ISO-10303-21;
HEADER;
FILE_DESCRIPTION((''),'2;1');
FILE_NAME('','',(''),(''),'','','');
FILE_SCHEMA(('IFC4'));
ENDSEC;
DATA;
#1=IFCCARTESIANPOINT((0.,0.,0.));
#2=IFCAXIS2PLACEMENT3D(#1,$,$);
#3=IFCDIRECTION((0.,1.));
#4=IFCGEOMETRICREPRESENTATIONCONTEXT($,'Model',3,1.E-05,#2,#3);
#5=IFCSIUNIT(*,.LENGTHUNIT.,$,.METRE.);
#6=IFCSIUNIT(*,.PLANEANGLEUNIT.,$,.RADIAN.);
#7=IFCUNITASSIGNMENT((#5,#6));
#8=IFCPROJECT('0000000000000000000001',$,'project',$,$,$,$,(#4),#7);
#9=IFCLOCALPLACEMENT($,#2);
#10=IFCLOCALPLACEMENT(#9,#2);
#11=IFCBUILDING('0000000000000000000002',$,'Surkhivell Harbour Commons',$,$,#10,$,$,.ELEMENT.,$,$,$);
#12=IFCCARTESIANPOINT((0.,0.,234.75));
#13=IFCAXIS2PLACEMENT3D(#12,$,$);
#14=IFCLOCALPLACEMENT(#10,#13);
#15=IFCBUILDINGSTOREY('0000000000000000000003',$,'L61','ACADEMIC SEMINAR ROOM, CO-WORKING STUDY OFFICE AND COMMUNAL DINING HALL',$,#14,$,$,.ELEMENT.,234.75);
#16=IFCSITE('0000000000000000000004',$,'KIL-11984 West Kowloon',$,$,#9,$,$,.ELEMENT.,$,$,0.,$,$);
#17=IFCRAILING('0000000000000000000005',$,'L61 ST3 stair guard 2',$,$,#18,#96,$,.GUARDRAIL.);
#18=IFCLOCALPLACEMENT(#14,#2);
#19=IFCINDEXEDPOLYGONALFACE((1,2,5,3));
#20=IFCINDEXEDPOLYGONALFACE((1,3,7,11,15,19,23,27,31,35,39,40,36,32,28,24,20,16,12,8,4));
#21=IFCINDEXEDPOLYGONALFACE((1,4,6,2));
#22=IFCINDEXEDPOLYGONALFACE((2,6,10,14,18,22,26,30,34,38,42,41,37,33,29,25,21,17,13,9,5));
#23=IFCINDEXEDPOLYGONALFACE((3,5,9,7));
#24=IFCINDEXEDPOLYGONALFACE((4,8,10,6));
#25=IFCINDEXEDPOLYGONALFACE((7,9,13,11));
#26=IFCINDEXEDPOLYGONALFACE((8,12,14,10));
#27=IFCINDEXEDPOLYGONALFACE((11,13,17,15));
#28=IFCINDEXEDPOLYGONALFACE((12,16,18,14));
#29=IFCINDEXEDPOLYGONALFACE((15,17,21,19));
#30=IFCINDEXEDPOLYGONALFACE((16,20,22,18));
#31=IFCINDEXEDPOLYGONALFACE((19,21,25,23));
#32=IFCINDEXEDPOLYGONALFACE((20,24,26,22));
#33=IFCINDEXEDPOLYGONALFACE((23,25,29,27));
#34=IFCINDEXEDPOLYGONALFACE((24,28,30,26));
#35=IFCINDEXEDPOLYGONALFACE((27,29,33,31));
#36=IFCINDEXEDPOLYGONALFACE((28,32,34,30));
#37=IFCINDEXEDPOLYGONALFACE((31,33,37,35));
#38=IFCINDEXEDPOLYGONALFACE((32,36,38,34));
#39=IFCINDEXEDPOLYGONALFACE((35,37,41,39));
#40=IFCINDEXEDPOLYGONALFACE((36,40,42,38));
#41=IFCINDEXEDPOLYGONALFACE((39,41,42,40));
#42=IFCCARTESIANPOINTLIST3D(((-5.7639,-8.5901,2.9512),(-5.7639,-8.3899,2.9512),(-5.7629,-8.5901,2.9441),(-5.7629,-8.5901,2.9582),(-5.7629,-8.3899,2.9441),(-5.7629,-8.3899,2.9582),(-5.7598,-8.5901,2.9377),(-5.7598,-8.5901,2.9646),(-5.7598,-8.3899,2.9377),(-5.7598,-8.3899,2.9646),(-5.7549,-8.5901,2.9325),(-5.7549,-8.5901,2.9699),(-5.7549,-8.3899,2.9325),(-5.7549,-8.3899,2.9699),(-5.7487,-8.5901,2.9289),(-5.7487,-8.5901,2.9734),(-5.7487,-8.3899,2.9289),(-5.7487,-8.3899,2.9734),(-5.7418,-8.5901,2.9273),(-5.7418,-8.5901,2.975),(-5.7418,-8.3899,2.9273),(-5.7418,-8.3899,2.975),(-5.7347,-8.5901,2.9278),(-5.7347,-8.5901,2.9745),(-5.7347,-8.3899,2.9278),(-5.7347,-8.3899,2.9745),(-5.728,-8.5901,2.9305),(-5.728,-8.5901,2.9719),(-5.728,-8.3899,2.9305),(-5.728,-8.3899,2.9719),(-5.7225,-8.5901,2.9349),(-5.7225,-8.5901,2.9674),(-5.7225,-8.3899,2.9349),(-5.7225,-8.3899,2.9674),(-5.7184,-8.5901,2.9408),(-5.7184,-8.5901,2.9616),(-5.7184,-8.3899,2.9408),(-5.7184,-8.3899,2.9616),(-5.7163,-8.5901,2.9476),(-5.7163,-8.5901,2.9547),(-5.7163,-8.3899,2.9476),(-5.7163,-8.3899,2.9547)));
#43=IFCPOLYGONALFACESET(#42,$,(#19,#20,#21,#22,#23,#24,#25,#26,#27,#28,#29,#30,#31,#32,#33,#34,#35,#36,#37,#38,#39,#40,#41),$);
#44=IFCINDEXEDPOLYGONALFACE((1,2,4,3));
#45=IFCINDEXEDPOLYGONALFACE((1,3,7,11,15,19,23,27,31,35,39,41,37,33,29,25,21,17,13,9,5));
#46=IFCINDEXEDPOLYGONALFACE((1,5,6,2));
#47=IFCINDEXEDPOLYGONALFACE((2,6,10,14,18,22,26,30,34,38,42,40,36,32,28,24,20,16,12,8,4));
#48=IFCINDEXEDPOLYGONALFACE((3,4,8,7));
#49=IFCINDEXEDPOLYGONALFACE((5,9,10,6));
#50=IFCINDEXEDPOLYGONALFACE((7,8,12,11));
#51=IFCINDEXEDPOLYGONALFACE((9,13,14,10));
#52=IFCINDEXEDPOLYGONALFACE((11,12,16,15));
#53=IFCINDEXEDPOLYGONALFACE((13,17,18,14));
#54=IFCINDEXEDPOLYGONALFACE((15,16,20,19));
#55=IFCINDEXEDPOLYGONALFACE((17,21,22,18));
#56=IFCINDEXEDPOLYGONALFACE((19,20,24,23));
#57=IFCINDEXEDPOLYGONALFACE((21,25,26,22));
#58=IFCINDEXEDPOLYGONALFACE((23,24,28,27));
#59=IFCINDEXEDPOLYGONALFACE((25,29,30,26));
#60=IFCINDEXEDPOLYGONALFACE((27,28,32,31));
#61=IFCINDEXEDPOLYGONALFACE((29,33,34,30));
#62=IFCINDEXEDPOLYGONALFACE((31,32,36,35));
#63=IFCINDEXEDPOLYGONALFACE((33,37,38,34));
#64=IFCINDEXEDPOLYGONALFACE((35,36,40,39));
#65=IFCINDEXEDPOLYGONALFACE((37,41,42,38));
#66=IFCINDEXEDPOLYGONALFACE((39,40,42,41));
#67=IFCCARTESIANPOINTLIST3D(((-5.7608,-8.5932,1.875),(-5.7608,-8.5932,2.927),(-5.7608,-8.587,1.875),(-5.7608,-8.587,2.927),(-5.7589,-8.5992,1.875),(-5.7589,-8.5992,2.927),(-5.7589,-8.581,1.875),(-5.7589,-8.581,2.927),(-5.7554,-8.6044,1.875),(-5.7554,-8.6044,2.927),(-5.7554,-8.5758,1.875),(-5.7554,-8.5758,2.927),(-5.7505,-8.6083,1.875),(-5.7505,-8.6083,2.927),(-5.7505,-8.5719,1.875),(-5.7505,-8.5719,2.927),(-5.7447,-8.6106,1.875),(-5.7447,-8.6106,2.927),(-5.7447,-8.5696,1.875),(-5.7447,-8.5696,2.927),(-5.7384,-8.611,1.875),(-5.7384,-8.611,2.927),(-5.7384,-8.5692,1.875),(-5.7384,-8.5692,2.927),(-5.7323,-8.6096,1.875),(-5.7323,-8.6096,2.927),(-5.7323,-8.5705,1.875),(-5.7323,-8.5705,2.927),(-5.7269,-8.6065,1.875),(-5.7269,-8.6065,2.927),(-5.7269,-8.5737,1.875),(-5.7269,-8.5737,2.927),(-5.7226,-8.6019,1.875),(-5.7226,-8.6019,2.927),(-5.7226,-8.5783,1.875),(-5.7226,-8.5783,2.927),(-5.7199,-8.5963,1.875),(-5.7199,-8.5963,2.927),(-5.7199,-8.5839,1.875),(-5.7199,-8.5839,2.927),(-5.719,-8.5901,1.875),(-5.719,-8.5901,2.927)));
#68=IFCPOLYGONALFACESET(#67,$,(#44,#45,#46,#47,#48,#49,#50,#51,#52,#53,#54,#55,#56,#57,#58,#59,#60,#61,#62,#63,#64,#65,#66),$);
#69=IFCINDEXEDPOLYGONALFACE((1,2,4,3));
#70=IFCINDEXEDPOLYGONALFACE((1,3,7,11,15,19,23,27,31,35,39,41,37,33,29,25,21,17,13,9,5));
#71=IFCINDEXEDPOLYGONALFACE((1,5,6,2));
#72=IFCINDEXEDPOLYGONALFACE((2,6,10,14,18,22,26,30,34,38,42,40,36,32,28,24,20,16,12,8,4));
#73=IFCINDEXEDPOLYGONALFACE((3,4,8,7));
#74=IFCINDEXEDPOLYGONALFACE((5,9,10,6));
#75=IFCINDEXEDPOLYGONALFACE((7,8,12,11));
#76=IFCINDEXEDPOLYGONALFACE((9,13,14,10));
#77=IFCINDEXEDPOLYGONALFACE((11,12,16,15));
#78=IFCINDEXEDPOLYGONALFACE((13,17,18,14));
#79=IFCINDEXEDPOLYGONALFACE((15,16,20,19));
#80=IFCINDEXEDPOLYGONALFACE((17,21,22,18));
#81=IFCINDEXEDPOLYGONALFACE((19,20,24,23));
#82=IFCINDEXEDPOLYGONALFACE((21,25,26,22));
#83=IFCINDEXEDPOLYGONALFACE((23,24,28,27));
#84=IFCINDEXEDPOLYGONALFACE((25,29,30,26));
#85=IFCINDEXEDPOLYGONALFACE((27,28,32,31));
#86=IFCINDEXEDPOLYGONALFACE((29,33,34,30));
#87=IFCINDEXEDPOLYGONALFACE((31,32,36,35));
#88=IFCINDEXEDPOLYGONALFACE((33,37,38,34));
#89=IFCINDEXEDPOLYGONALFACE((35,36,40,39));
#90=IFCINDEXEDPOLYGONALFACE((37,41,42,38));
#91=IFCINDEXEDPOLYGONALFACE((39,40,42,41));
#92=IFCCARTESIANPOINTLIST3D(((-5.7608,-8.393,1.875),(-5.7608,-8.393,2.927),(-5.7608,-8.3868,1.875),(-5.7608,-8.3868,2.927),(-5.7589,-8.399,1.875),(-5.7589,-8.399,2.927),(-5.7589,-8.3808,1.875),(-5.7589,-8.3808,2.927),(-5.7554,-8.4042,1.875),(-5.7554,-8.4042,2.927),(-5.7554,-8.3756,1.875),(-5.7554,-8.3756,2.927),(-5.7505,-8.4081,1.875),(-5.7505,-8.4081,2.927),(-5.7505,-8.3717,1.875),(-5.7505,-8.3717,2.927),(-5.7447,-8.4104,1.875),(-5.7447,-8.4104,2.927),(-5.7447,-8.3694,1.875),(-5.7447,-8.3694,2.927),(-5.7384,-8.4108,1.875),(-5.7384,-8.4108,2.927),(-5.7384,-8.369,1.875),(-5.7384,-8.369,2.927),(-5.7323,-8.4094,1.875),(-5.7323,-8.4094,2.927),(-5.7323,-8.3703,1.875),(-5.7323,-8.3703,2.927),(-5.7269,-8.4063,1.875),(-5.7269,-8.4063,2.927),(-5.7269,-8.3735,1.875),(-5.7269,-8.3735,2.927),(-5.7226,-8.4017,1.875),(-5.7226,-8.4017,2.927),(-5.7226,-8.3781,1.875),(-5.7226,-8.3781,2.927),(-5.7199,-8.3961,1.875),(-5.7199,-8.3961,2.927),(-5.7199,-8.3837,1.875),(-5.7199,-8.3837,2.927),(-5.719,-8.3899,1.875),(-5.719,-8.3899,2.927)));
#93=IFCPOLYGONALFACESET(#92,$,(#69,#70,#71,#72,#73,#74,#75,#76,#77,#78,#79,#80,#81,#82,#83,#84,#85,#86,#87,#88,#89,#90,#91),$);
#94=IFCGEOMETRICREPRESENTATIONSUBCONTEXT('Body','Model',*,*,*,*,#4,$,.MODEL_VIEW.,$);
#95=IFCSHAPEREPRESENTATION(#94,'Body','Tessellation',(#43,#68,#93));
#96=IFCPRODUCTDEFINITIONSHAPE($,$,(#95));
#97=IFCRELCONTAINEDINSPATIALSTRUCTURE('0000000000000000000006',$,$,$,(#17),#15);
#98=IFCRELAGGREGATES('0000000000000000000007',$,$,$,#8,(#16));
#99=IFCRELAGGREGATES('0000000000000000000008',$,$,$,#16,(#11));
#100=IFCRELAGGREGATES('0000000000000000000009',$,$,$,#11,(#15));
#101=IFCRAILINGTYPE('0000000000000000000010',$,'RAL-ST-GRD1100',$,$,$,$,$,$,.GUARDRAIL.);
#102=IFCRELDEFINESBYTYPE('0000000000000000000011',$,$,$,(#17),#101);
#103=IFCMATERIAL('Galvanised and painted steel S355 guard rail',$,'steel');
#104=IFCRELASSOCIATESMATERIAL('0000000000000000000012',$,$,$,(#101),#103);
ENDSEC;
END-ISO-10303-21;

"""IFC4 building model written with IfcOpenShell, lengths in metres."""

from ifc_helpers import new_model, si_unit, direction, frame, origin, origin_2d, place, context, subcontext, project, spatial, circle, extrude, material, type_object, element, save


model = new_model("IFC4")

# Units and contexts
model_context = context("Model", 3, precision=1e-05, world=origin(), true_north=direction((0.0, 1.0)))
body_context = subcontext(model_context, "Body", "Model", "MODEL_VIEW")
ifc_project = project(units=[si_unit("LENGTHUNIT", "METRE"), si_unit("PLANEANGLEUNIT", "RADIAN")], contexts=[model_context])

# Site, building, storey
site_placement = place(None, origin())
site = spatial("IfcSite", under=ifc_project, at=site_placement, Name="KIL-11984 West Kowloon", CompositionType="ELEMENT", RefElevation=0.0)
building_placement = place(site_placement, origin())
building = spatial("IfcBuilding", under=site, at=building_placement, Name="Surkhivell Harbour Commons", CompositionType="ELEMENT")
storey_placement = place(building_placement, frame((0.0, 0.0, 234.75)))
storey = spatial("IfcBuildingStorey", under=building, at=storey_placement, Name="L61", Description="ACADEMIC SEMINAR ROOM, CO-WORKING STUDY OFFICE AND COMMUNAL DINING HALL", CompositionType="ELEMENT", Elevation=234.75)

# Railing
ifc_material_1 = material(Name="Galvanised and painted steel S355 guard rail", Category="steel")
railing_type_1 = type_object("IfcRailingType", Name="RAL-ST-GRD1100", PredefinedType="GUARDRAIL", material=ifc_material_1)
railing_1_placement = place(storey_placement, frame((-5.74, -8.5901, 1.875)))
element("IfcRailing", 1, at=railing_1_placement, inside=storey, type_object=railing_type_1, Name="L61 ST3 stair guard 2", PredefinedType="GUARDRAIL", context=body_context, shape_type="SweptSolid", body=[
    extrude(circle(Radius=0.0239, at=origin_2d()), frame((0.0, 0.0, 1.0762), z_axis=(0.0, 1.0, 0.0), x_axis=(-1.0, 0.0, 0.0)), (0.0, 0.0, 1.0), 0.2002),
    extrude(circle(Radius=0.021, at=origin_2d()), origin(), (0.0, 0.0, 1.0), 1.052),
    extrude(circle(Radius=0.021, at=origin_2d()), frame((0.0, 0.2002, 0.0)), (0.0, 0.0, 1.0), 1.052),
])

save(model, "model.ifc")
